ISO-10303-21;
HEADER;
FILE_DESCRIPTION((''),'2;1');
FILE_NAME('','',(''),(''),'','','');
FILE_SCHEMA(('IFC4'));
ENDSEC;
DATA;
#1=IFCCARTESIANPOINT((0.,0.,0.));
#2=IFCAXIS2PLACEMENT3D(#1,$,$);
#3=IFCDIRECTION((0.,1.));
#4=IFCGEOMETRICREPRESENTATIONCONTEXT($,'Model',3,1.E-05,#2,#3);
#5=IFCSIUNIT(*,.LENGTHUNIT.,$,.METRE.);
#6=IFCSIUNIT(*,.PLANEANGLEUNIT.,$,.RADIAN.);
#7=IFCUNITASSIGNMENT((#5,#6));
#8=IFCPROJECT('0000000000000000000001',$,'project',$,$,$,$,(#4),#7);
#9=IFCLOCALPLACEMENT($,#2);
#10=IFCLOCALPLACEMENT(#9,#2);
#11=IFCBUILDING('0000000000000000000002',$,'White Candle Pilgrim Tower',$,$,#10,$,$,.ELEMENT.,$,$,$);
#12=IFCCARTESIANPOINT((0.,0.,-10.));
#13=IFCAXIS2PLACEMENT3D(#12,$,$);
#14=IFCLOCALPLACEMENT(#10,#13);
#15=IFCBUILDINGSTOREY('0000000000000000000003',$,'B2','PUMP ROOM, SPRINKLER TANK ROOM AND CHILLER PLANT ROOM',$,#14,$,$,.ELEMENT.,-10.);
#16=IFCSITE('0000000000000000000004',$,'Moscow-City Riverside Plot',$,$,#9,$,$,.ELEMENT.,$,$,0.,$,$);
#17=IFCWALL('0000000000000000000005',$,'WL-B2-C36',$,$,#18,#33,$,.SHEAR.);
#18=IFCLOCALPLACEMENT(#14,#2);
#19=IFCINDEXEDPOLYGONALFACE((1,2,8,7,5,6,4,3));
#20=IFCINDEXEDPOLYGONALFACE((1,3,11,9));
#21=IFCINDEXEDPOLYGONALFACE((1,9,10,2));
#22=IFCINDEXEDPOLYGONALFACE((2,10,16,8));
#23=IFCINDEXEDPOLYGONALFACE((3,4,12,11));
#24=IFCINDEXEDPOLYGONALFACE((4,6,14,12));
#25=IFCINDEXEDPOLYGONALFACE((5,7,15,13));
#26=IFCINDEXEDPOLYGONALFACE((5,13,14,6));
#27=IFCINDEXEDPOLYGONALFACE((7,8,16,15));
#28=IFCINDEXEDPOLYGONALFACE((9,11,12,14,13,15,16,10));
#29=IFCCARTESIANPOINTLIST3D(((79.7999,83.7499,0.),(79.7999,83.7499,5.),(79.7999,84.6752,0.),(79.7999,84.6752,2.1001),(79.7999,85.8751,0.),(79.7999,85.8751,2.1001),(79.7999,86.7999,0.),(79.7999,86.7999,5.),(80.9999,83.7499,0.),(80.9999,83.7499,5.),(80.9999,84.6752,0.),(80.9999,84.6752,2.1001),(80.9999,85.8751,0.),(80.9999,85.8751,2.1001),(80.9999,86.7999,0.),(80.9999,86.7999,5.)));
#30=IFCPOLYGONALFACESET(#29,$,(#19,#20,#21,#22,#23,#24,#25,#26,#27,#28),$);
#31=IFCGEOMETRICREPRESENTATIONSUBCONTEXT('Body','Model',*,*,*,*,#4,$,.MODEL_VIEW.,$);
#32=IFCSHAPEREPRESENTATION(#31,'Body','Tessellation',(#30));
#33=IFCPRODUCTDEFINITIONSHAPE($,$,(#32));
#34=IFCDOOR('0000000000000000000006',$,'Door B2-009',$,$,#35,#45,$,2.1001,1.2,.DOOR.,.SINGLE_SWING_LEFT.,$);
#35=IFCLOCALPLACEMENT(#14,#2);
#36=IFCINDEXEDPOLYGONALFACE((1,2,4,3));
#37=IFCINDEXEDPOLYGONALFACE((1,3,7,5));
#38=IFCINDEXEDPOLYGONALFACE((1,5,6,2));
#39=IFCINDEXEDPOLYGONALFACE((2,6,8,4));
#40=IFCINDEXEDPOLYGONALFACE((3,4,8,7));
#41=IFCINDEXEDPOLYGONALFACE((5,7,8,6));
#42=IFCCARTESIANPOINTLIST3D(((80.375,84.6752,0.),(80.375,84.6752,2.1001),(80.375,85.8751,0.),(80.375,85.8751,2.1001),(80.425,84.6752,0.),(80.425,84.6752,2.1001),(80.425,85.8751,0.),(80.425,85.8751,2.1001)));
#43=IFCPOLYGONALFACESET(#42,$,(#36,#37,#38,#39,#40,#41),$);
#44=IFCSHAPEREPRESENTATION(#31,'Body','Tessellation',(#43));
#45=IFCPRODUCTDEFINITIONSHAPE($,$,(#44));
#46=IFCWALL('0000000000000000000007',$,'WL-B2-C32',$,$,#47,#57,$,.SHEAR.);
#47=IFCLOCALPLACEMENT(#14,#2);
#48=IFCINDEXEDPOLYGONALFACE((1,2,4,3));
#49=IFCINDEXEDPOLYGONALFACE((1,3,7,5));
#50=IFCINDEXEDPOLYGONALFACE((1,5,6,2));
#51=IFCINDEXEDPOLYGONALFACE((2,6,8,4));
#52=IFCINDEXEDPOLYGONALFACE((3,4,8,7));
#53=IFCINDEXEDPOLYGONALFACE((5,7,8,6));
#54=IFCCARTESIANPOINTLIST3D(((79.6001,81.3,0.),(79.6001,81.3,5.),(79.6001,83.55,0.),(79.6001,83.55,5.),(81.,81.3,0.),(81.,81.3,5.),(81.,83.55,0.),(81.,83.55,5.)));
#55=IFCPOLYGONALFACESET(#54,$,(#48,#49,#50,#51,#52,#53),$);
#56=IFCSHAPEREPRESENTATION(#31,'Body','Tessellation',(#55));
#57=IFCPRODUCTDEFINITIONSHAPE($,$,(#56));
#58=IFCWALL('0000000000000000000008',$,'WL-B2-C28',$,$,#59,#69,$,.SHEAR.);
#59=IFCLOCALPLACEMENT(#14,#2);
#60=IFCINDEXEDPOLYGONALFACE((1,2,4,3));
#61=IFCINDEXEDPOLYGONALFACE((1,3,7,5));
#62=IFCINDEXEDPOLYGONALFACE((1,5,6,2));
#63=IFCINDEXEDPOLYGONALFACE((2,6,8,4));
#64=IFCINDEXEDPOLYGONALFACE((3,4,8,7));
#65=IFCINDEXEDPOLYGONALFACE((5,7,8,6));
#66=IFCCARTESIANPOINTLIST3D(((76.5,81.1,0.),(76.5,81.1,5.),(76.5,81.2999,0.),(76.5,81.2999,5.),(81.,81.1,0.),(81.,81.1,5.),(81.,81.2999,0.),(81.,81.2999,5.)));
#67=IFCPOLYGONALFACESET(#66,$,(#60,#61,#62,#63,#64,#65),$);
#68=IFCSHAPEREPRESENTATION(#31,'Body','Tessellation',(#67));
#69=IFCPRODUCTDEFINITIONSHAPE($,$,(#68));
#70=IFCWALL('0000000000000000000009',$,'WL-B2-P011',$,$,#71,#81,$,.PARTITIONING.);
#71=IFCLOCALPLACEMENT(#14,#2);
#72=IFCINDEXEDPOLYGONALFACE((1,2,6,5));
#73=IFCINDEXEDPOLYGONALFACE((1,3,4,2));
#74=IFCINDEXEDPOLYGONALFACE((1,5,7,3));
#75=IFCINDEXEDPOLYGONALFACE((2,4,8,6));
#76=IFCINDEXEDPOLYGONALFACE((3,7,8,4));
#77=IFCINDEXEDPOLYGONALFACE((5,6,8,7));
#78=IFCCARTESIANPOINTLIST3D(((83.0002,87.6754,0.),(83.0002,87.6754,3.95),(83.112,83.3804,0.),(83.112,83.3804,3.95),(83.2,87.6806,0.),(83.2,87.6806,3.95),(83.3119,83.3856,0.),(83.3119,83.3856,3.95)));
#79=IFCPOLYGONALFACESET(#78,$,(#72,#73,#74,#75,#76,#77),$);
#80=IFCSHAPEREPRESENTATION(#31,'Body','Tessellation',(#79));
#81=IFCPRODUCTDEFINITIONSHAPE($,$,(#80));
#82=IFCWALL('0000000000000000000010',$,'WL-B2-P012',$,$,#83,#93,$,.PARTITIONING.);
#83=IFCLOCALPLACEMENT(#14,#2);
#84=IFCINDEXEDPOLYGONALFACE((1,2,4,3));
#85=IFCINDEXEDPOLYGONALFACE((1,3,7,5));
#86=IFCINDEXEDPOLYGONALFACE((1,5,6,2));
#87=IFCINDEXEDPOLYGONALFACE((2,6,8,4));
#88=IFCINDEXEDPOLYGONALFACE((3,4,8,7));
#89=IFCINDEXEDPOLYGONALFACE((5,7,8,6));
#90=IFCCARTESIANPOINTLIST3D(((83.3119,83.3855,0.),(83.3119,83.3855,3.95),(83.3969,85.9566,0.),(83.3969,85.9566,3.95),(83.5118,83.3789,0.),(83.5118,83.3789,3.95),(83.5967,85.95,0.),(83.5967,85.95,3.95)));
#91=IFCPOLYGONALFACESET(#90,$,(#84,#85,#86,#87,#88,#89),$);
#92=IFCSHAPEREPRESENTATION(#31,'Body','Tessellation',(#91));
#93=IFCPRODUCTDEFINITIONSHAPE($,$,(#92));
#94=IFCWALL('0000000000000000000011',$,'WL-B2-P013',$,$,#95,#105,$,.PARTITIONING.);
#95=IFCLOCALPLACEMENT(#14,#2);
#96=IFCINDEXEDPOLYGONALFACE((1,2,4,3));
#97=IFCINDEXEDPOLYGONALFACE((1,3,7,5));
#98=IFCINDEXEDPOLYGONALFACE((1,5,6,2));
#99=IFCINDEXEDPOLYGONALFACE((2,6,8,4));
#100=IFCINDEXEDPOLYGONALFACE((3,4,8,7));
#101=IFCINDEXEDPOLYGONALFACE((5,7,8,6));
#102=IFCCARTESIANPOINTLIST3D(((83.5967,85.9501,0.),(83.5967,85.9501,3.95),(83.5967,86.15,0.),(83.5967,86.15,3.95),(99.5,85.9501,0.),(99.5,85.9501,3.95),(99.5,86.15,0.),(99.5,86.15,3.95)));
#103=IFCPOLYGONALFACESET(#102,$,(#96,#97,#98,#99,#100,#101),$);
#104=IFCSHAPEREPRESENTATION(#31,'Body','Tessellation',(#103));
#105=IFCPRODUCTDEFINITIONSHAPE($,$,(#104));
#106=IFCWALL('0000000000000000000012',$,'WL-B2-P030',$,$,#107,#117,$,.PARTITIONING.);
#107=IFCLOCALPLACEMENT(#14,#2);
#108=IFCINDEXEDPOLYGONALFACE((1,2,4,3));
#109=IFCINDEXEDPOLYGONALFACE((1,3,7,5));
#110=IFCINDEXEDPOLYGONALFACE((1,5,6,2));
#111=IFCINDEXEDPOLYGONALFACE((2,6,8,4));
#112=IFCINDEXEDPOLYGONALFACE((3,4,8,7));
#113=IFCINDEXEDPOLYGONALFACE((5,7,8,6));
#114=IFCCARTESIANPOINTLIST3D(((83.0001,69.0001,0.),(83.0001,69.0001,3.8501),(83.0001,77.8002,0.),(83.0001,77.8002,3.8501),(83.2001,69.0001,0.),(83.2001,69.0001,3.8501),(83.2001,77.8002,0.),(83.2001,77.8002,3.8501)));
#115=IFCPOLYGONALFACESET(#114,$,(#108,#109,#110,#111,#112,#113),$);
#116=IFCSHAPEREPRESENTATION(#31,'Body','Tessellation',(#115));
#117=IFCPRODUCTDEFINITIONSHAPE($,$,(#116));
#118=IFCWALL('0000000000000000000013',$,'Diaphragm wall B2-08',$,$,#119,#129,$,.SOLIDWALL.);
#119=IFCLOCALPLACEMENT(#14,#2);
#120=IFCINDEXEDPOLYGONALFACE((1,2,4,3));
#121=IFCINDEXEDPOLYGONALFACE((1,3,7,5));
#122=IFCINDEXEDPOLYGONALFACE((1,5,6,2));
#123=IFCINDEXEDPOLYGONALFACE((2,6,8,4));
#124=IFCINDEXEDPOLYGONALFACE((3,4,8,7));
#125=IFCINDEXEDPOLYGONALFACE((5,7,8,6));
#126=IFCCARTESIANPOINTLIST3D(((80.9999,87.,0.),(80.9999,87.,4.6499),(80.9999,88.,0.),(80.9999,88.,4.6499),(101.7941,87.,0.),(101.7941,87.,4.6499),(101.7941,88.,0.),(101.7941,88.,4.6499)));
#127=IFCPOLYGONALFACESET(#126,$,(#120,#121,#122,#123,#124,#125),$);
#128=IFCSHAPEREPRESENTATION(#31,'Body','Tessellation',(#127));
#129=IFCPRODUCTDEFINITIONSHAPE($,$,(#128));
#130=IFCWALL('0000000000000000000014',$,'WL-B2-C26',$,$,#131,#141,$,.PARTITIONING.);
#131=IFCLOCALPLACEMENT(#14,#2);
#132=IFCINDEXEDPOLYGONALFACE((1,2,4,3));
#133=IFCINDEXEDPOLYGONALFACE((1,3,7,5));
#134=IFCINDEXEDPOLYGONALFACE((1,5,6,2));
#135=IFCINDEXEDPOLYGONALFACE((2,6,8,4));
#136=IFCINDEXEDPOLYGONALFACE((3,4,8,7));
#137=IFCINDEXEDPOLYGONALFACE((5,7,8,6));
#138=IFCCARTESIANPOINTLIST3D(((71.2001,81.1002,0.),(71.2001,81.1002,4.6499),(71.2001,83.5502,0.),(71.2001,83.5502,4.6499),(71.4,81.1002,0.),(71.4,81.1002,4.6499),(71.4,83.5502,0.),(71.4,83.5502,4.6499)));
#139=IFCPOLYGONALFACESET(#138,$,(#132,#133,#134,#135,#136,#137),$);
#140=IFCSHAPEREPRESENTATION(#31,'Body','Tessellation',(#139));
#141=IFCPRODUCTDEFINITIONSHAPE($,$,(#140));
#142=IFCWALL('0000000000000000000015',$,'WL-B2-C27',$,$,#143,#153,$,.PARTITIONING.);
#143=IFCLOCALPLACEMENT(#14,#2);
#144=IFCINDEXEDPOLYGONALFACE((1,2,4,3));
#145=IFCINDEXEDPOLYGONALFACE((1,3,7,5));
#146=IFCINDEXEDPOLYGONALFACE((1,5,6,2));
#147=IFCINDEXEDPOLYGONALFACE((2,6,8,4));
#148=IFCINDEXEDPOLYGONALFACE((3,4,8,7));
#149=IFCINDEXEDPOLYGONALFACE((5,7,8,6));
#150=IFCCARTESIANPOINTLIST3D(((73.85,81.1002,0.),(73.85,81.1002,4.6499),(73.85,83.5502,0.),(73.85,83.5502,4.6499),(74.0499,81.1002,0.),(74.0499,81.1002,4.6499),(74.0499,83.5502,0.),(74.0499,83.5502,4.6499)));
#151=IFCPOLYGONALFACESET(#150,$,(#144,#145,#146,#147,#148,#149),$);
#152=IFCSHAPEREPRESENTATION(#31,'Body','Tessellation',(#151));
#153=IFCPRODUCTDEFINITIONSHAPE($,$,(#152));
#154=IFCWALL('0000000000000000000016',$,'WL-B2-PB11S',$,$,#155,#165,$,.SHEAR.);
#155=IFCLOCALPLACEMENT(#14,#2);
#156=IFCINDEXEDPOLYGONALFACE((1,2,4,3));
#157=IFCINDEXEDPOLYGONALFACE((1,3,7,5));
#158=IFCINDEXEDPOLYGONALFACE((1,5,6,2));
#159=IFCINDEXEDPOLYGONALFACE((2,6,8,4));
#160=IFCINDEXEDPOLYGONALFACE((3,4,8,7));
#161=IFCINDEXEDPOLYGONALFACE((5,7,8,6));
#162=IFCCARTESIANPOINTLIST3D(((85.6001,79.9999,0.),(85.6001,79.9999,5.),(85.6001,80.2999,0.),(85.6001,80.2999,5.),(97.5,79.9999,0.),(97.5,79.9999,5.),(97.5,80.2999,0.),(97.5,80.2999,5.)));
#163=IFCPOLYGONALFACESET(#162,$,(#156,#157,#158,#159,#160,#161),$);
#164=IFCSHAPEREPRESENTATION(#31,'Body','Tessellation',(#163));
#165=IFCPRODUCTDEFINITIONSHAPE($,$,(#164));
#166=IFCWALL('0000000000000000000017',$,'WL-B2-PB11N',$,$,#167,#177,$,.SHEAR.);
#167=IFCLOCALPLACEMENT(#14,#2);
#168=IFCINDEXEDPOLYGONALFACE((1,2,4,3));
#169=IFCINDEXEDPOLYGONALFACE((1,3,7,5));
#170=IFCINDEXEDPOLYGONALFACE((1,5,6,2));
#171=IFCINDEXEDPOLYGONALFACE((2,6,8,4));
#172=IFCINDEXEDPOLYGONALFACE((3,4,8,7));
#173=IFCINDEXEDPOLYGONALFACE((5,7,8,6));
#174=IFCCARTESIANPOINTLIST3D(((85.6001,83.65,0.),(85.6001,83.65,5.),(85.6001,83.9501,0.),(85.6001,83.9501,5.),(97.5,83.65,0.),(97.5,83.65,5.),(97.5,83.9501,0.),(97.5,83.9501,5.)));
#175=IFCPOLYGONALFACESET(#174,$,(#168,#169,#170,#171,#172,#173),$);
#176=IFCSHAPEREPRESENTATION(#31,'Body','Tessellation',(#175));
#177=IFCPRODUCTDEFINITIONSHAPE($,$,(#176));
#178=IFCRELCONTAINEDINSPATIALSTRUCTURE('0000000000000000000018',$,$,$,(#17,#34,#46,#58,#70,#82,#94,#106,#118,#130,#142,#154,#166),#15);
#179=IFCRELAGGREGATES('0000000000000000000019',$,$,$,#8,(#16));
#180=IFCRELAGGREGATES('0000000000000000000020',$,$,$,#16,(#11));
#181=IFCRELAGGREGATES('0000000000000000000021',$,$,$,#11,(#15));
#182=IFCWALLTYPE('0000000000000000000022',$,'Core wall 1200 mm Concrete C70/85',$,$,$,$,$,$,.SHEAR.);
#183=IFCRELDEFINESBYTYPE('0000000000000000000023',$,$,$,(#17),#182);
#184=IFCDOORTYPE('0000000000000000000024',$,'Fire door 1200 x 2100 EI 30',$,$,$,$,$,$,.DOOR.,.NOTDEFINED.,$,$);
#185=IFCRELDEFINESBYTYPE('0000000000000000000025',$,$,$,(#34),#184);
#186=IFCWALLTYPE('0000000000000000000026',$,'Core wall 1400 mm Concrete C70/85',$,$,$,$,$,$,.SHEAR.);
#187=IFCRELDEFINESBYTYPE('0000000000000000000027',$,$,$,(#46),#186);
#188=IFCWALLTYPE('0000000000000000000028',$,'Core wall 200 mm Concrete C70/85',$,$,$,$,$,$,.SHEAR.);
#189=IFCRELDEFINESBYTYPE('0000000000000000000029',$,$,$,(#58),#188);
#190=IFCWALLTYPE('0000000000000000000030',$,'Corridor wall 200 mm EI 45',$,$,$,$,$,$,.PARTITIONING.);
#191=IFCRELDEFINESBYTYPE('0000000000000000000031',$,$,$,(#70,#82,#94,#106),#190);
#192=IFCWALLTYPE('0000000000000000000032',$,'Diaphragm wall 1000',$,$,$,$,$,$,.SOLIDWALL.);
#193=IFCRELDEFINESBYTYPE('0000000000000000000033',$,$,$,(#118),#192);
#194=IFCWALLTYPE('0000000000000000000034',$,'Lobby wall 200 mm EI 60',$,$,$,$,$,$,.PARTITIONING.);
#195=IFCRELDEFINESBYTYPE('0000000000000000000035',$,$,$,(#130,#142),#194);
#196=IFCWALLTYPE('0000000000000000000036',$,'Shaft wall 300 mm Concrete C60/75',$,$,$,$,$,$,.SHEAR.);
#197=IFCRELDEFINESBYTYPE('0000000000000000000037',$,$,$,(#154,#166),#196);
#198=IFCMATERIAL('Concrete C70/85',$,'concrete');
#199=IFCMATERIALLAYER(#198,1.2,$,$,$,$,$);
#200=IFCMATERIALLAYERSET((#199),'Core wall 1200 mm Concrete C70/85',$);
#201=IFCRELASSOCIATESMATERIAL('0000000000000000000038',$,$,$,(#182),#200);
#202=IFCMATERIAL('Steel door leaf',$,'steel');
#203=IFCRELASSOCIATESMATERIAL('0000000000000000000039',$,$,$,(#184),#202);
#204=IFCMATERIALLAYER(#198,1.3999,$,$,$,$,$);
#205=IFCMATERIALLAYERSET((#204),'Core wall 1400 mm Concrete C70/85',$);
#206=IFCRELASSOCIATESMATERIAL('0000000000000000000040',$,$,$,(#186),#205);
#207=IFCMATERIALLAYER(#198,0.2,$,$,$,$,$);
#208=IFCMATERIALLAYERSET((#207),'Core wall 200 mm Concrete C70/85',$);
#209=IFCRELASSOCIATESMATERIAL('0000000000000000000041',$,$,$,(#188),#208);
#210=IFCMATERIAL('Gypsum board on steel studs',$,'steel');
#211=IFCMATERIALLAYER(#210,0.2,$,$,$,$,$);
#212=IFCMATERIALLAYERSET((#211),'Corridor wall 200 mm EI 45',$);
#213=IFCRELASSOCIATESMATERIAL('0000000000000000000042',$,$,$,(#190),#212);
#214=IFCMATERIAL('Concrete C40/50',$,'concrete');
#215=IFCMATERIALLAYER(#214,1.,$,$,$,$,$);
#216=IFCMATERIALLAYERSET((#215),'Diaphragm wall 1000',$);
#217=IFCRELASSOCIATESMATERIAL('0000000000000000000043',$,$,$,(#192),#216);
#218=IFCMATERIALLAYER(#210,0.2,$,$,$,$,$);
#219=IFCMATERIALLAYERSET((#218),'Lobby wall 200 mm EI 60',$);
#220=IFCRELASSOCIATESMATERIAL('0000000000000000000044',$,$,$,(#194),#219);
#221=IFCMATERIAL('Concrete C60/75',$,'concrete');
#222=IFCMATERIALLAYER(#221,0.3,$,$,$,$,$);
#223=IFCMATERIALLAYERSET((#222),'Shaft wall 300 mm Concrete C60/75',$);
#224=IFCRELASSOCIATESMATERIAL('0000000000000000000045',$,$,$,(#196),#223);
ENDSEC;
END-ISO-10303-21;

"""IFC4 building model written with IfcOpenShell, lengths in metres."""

from ifc_helpers import new_model, si_unit, direction, frame, frame_2d, origin, place, context, subcontext, project, spatial, rectangle, extrude, material, layer, layer_set, type_object, element, fill, save


model = new_model("IFC4")

# Units and contexts
model_context = context("Model", 3, precision=1e-05, world=origin(), true_north=direction((0.0, 1.0)))
body_context = subcontext(model_context, "Body", "Model", "MODEL_VIEW")
ifc_project = project(units=[si_unit("LENGTHUNIT", "METRE"), si_unit("PLANEANGLEUNIT", "RADIAN")], contexts=[model_context])

# Site, building, storey
site_placement = place(None, origin())
site = spatial("IfcSite", under=ifc_project, at=site_placement, Name="Moscow-City Riverside Plot", CompositionType="ELEMENT", RefElevation=0.0)
building_placement = place(site_placement, origin())
building = spatial("IfcBuilding", under=site, at=building_placement, Name="White Candle Pilgrim Tower", CompositionType="ELEMENT")
storey_placement = place(building_placement, frame((0.0, 0.0, -10.0)))
storey = spatial("IfcBuildingStorey", under=building, at=storey_placement, Name="B2", Description="PUMP ROOM, SPRINKLER TANK ROOM AND CHILLER PLANT ROOM", CompositionType="ELEMENT", Elevation=-10.0)

# Shared definitions
ifc_material_1 = material(Name="Concrete C40/50", Category="concrete")

# Wall, opening, door
ifc_material_2 = material(Name="Concrete C70/85", Category="concrete")
ifc_layer_1 = layer(ifc_material_2, 1.2)
ifc_layer_set_1 = layer_set([ifc_layer_1], Name="Core wall 1200 mm Concrete C70/85")
wall_type_1 = type_object("IfcWallType", Name="Core wall 1200 mm Concrete C70/85", PredefinedType="SHEAR", material=ifc_layer_set_1)
wall_1_placement = place(storey_placement, frame((80.3999, 83.75, 0.0), z_axis=(0.0, 0.0, 1.0), x_axis=(0.0, 1.0, 0.0)))
wall_1 = element("IfcWall", 1, at=wall_1_placement, inside=storey, type_object=wall_type_1, Name="WL-B2-C36", PredefinedType="SHEAR", context=body_context, shape_type="SweptSolid", body=[
    extrude(rectangle(XDim=3.05, YDim=1.2, at=frame_2d((1.5249, 0.0))), origin(), (0.0, 0.0, 1.0), 5.0),
])
opening_1_placement = place(wall_1_placement, frame((0.925, 0.0, 0.0)))
opening_1 = element("IfcOpeningElement", 2, at=opening_1_placement, cuts=wall_1, PredefinedType="OPENING", context=body_context, shape_type="SweptSolid", body=[
    extrude(rectangle(XDim=1.2, YDim=2.1001, at=frame_2d((0.6001, 1.05))), frame((0.0, 0.6099, 0.0), z_axis=(0.0, -1.0, 0.0), x_axis=(1.0, 0.0, 0.0)), (0.0, 0.0, 1.0), 1.22),
])
ifc_material_3 = material(Name="Steel door leaf", Category="steel")
door_type_1 = type_object("IfcDoorType", Name="Fire door 1200 x 2100 EI 30", OperationType="NOTDEFINED", PredefinedType="DOOR", material=ifc_material_3)
door_1_placement = place(opening_1_placement, origin())
door_1 = element("IfcDoor", 3, at=door_1_placement, inside=storey, type_object=door_type_1, Name="Door B2-009", OperationType="SINGLE_SWING_LEFT", OverallHeight=2.1001, OverallWidth=1.2, PredefinedType="DOOR", context=body_context, shape_type="SweptSolid", body=[
    extrude(rectangle(XDim=1.2, YDim=2.1001, at=frame_2d((0.6001, 1.05))), frame((0.0, 0.0249, 0.0), z_axis=(0.0, -1.0, 0.0), x_axis=(1.0, 0.0, 0.0)), (0.0, 0.0, 1.0), 0.05),
])
fill(opening_1, door_1)

# Walls
ifc_layer_2 = layer(ifc_material_2, 1.3999)
ifc_layer_set_2 = layer_set([ifc_layer_2], Name="Core wall 1400 mm Concrete C70/85")
wall_type_2 = type_object("IfcWallType", Name="Core wall 1400 mm Concrete C70/85", PredefinedType="SHEAR", material=ifc_layer_set_2)
wall_2_placement = place(storey_placement, frame((80.3, 81.3, 0.0), z_axis=(0.0, 0.0, 1.0), x_axis=(0.0, 1.0, 0.0)))
element("IfcWall", 4, at=wall_2_placement, inside=storey, type_object=wall_type_2, Name="WL-B2-C32", PredefinedType="SHEAR", context=body_context, shape_type="SweptSolid", body=[
    extrude(rectangle(XDim=2.25, YDim=1.3999, at=frame_2d((1.125, 0.0))), origin(), (0.0, 0.0, 1.0), 5.0),
])
ifc_layer_3 = layer(ifc_material_2, 0.2)
ifc_layer_set_3 = layer_set([ifc_layer_3], Name="Core wall 200 mm Concrete C70/85")
wall_type_3 = type_object("IfcWallType", Name="Core wall 200 mm Concrete C70/85", PredefinedType="SHEAR", material=ifc_layer_set_3)
wall_3_placement = place(storey_placement, frame((76.5, 81.2, 0.0), z_axis=(0.0, 0.0, 1.0), x_axis=(1.0, 0.0, 0.0)))
element("IfcWall", 5, at=wall_3_placement, inside=storey, type_object=wall_type_3, Name="WL-B2-C28", PredefinedType="SHEAR", context=body_context, shape_type="SweptSolid", body=[
    extrude(rectangle(XDim=4.5, YDim=0.2, at=frame_2d((2.25, 0.0))), origin(), (0.0, 0.0, 1.0), 5.0),
])
ifc_material_4 = material(Name="Gypsum board on steel studs", Category="steel")
ifc_layer_4 = layer(ifc_material_4, 0.2)
ifc_layer_set_4 = layer_set([ifc_layer_4], Name="Corridor wall 200 mm EI 45")
wall_type_4 = type_object("IfcWallType", Name="Corridor wall 200 mm EI 45", PredefinedType="PARTITIONING", material=ifc_layer_set_4)
wall_4_placement = place(storey_placement, frame((83.1001, 87.678, 0.0), z_axis=(0.0, 0.0, 1.0), x_axis=(0.026026, -0.999661, 0.0)))
element("IfcWall", 6, at=wall_4_placement, inside=storey, type_object=wall_type_4, Name="WL-B2-P011", PredefinedType="PARTITIONING", context=body_context, shape_type="SweptSolid", body=[
    extrude(rectangle(XDim=4.2964, YDim=0.2, at=frame_2d((2.1482, 0.0))), origin(), (0.0, 0.0, 1.0), 3.95),
])
wall_5_placement = place(storey_placement, frame((83.4119, 83.3823, 0.0), z_axis=(0.0, 0.0, 1.0), x_axis=(0.033027, 0.999454, 0.0)))
element("IfcWall", 7, at=wall_5_placement, inside=storey, type_object=wall_type_4, Name="WL-B2-P012", PredefinedType="PARTITIONING", context=body_context, shape_type="SweptSolid", body=[
    extrude(rectangle(XDim=2.5725, YDim=0.2, at=frame_2d((1.2861, 0.0))), origin(), (0.0, 0.0, 1.0), 3.95),
])
wall_6_placement = place(storey_placement, frame((83.5967, 86.05, 0.0), z_axis=(0.0, 0.0, 1.0), x_axis=(1.0, 0.0, 0.0)))
element("IfcWall", 8, at=wall_6_placement, inside=storey, type_object=wall_type_4, Name="WL-B2-P013", PredefinedType="PARTITIONING", context=body_context, shape_type="SweptSolid", body=[
    extrude(rectangle(XDim=15.9033, YDim=0.2, at=frame_2d((7.9517, 0.0))), origin(), (0.0, 0.0, 1.0), 3.95),
])
wall_7_placement = place(storey_placement, frame((83.1001, 77.8, 0.0), z_axis=(0.0, 0.0, 1.0), x_axis=(0.0, -1.0, 0.0)))
element("IfcWall", 9, at=wall_7_placement, inside=storey, type_object=wall_type_4, Name="WL-B2-P030", PredefinedType="PARTITIONING", context=body_context, shape_type="SweptSolid", body=[
    extrude(rectangle(XDim=8.8, YDim=0.2, at=frame_2d((4.3999, 0.0))), origin(), (0.0, 0.0, 1.0), 3.8501),
])
ifc_layer_5 = layer(ifc_material_1, 1.0)
ifc_layer_set_5 = layer_set([ifc_layer_5], Name="Diaphragm wall 1000")
wall_type_5 = type_object("IfcWallType", Name="Diaphragm wall 1000", PredefinedType="SOLIDWALL", material=ifc_layer_set_5)
wall_8_placement = place(storey_placement, frame((81.0, 87.5, 0.0), z_axis=(0.0, 0.0, 1.0), x_axis=(1.0, 0.0, 0.0)))
element("IfcWall", 10, at=wall_8_placement, inside=storey, type_object=wall_type_5, Name="Diaphragm wall B2-08", PredefinedType="SOLIDWALL", context=body_context, shape_type="SweptSolid", body=[
    extrude(rectangle(XDim=20.7942, YDim=1.0, at=frame_2d((10.397, 0.0))), origin(), (0.0, 0.0, 1.0), 4.6499),
])
ifc_layer_6 = layer(ifc_material_4, 0.2)
ifc_layer_set_6 = layer_set([ifc_layer_6], Name="Lobby wall 200 mm EI 60")
wall_type_6 = type_object("IfcWallType", Name="Lobby wall 200 mm EI 60", PredefinedType="PARTITIONING", material=ifc_layer_set_6)
for number, where, z_axis, x_axis, name in (
    (11, (71.3, 81.1001, 0.0), (0.0, 0.0, 1.0), (0.0, 1.0, 0.0), "WL-B2-C26"),
    (12, (73.95, 81.1001, 0.0), (0.0, 0.0, 1.0), (0.0, 1.0, 0.0), "WL-B2-C27"),
):
    element("IfcWall", number, at=place(storey_placement, frame(where, z_axis=z_axis, x_axis=x_axis)), inside=storey, type_object=wall_type_6, Name=name, PredefinedType="PARTITIONING", context=body_context, shape_type="SweptSolid", body=[
        extrude(rectangle(XDim=2.45, YDim=0.2, at=frame_2d((1.2251, 0.0))), origin(), (0.0, 0.0, 1.0), 4.6499),
    ])
ifc_material_5 = material(Name="Concrete C60/75", Category="concrete")
ifc_layer_7 = layer(ifc_material_5, 0.3)
ifc_layer_set_7 = layer_set([ifc_layer_7], Name="Shaft wall 300 mm Concrete C60/75")
wall_type_7 = type_object("IfcWallType", Name="Shaft wall 300 mm Concrete C60/75", PredefinedType="SHEAR", material=ifc_layer_set_7)
for number, where, z_axis, x_axis, name in (
    (13, (85.6001, 80.1499, 0.0), (0.0, 0.0, 1.0), (1.0, 0.0, 0.0), "WL-B2-PB11S"),
    (14, (85.6001, 83.8, 0.0), (0.0, 0.0, 1.0), (1.0, 0.0, 0.0), "WL-B2-PB11N"),
):
    element("IfcWall", number, at=place(storey_placement, frame(where, z_axis=z_axis, x_axis=x_axis)), inside=storey, type_object=wall_type_7, Name=name, PredefinedType="SHEAR", context=body_context, shape_type="SweptSolid", body=[
        extrude(rectangle(XDim=11.8999, YDim=0.3, at=frame_2d((5.95, 0.0))), origin(), (0.0, 0.0, 1.0), 5.0),
    ])

save(model, "model.ifc")
